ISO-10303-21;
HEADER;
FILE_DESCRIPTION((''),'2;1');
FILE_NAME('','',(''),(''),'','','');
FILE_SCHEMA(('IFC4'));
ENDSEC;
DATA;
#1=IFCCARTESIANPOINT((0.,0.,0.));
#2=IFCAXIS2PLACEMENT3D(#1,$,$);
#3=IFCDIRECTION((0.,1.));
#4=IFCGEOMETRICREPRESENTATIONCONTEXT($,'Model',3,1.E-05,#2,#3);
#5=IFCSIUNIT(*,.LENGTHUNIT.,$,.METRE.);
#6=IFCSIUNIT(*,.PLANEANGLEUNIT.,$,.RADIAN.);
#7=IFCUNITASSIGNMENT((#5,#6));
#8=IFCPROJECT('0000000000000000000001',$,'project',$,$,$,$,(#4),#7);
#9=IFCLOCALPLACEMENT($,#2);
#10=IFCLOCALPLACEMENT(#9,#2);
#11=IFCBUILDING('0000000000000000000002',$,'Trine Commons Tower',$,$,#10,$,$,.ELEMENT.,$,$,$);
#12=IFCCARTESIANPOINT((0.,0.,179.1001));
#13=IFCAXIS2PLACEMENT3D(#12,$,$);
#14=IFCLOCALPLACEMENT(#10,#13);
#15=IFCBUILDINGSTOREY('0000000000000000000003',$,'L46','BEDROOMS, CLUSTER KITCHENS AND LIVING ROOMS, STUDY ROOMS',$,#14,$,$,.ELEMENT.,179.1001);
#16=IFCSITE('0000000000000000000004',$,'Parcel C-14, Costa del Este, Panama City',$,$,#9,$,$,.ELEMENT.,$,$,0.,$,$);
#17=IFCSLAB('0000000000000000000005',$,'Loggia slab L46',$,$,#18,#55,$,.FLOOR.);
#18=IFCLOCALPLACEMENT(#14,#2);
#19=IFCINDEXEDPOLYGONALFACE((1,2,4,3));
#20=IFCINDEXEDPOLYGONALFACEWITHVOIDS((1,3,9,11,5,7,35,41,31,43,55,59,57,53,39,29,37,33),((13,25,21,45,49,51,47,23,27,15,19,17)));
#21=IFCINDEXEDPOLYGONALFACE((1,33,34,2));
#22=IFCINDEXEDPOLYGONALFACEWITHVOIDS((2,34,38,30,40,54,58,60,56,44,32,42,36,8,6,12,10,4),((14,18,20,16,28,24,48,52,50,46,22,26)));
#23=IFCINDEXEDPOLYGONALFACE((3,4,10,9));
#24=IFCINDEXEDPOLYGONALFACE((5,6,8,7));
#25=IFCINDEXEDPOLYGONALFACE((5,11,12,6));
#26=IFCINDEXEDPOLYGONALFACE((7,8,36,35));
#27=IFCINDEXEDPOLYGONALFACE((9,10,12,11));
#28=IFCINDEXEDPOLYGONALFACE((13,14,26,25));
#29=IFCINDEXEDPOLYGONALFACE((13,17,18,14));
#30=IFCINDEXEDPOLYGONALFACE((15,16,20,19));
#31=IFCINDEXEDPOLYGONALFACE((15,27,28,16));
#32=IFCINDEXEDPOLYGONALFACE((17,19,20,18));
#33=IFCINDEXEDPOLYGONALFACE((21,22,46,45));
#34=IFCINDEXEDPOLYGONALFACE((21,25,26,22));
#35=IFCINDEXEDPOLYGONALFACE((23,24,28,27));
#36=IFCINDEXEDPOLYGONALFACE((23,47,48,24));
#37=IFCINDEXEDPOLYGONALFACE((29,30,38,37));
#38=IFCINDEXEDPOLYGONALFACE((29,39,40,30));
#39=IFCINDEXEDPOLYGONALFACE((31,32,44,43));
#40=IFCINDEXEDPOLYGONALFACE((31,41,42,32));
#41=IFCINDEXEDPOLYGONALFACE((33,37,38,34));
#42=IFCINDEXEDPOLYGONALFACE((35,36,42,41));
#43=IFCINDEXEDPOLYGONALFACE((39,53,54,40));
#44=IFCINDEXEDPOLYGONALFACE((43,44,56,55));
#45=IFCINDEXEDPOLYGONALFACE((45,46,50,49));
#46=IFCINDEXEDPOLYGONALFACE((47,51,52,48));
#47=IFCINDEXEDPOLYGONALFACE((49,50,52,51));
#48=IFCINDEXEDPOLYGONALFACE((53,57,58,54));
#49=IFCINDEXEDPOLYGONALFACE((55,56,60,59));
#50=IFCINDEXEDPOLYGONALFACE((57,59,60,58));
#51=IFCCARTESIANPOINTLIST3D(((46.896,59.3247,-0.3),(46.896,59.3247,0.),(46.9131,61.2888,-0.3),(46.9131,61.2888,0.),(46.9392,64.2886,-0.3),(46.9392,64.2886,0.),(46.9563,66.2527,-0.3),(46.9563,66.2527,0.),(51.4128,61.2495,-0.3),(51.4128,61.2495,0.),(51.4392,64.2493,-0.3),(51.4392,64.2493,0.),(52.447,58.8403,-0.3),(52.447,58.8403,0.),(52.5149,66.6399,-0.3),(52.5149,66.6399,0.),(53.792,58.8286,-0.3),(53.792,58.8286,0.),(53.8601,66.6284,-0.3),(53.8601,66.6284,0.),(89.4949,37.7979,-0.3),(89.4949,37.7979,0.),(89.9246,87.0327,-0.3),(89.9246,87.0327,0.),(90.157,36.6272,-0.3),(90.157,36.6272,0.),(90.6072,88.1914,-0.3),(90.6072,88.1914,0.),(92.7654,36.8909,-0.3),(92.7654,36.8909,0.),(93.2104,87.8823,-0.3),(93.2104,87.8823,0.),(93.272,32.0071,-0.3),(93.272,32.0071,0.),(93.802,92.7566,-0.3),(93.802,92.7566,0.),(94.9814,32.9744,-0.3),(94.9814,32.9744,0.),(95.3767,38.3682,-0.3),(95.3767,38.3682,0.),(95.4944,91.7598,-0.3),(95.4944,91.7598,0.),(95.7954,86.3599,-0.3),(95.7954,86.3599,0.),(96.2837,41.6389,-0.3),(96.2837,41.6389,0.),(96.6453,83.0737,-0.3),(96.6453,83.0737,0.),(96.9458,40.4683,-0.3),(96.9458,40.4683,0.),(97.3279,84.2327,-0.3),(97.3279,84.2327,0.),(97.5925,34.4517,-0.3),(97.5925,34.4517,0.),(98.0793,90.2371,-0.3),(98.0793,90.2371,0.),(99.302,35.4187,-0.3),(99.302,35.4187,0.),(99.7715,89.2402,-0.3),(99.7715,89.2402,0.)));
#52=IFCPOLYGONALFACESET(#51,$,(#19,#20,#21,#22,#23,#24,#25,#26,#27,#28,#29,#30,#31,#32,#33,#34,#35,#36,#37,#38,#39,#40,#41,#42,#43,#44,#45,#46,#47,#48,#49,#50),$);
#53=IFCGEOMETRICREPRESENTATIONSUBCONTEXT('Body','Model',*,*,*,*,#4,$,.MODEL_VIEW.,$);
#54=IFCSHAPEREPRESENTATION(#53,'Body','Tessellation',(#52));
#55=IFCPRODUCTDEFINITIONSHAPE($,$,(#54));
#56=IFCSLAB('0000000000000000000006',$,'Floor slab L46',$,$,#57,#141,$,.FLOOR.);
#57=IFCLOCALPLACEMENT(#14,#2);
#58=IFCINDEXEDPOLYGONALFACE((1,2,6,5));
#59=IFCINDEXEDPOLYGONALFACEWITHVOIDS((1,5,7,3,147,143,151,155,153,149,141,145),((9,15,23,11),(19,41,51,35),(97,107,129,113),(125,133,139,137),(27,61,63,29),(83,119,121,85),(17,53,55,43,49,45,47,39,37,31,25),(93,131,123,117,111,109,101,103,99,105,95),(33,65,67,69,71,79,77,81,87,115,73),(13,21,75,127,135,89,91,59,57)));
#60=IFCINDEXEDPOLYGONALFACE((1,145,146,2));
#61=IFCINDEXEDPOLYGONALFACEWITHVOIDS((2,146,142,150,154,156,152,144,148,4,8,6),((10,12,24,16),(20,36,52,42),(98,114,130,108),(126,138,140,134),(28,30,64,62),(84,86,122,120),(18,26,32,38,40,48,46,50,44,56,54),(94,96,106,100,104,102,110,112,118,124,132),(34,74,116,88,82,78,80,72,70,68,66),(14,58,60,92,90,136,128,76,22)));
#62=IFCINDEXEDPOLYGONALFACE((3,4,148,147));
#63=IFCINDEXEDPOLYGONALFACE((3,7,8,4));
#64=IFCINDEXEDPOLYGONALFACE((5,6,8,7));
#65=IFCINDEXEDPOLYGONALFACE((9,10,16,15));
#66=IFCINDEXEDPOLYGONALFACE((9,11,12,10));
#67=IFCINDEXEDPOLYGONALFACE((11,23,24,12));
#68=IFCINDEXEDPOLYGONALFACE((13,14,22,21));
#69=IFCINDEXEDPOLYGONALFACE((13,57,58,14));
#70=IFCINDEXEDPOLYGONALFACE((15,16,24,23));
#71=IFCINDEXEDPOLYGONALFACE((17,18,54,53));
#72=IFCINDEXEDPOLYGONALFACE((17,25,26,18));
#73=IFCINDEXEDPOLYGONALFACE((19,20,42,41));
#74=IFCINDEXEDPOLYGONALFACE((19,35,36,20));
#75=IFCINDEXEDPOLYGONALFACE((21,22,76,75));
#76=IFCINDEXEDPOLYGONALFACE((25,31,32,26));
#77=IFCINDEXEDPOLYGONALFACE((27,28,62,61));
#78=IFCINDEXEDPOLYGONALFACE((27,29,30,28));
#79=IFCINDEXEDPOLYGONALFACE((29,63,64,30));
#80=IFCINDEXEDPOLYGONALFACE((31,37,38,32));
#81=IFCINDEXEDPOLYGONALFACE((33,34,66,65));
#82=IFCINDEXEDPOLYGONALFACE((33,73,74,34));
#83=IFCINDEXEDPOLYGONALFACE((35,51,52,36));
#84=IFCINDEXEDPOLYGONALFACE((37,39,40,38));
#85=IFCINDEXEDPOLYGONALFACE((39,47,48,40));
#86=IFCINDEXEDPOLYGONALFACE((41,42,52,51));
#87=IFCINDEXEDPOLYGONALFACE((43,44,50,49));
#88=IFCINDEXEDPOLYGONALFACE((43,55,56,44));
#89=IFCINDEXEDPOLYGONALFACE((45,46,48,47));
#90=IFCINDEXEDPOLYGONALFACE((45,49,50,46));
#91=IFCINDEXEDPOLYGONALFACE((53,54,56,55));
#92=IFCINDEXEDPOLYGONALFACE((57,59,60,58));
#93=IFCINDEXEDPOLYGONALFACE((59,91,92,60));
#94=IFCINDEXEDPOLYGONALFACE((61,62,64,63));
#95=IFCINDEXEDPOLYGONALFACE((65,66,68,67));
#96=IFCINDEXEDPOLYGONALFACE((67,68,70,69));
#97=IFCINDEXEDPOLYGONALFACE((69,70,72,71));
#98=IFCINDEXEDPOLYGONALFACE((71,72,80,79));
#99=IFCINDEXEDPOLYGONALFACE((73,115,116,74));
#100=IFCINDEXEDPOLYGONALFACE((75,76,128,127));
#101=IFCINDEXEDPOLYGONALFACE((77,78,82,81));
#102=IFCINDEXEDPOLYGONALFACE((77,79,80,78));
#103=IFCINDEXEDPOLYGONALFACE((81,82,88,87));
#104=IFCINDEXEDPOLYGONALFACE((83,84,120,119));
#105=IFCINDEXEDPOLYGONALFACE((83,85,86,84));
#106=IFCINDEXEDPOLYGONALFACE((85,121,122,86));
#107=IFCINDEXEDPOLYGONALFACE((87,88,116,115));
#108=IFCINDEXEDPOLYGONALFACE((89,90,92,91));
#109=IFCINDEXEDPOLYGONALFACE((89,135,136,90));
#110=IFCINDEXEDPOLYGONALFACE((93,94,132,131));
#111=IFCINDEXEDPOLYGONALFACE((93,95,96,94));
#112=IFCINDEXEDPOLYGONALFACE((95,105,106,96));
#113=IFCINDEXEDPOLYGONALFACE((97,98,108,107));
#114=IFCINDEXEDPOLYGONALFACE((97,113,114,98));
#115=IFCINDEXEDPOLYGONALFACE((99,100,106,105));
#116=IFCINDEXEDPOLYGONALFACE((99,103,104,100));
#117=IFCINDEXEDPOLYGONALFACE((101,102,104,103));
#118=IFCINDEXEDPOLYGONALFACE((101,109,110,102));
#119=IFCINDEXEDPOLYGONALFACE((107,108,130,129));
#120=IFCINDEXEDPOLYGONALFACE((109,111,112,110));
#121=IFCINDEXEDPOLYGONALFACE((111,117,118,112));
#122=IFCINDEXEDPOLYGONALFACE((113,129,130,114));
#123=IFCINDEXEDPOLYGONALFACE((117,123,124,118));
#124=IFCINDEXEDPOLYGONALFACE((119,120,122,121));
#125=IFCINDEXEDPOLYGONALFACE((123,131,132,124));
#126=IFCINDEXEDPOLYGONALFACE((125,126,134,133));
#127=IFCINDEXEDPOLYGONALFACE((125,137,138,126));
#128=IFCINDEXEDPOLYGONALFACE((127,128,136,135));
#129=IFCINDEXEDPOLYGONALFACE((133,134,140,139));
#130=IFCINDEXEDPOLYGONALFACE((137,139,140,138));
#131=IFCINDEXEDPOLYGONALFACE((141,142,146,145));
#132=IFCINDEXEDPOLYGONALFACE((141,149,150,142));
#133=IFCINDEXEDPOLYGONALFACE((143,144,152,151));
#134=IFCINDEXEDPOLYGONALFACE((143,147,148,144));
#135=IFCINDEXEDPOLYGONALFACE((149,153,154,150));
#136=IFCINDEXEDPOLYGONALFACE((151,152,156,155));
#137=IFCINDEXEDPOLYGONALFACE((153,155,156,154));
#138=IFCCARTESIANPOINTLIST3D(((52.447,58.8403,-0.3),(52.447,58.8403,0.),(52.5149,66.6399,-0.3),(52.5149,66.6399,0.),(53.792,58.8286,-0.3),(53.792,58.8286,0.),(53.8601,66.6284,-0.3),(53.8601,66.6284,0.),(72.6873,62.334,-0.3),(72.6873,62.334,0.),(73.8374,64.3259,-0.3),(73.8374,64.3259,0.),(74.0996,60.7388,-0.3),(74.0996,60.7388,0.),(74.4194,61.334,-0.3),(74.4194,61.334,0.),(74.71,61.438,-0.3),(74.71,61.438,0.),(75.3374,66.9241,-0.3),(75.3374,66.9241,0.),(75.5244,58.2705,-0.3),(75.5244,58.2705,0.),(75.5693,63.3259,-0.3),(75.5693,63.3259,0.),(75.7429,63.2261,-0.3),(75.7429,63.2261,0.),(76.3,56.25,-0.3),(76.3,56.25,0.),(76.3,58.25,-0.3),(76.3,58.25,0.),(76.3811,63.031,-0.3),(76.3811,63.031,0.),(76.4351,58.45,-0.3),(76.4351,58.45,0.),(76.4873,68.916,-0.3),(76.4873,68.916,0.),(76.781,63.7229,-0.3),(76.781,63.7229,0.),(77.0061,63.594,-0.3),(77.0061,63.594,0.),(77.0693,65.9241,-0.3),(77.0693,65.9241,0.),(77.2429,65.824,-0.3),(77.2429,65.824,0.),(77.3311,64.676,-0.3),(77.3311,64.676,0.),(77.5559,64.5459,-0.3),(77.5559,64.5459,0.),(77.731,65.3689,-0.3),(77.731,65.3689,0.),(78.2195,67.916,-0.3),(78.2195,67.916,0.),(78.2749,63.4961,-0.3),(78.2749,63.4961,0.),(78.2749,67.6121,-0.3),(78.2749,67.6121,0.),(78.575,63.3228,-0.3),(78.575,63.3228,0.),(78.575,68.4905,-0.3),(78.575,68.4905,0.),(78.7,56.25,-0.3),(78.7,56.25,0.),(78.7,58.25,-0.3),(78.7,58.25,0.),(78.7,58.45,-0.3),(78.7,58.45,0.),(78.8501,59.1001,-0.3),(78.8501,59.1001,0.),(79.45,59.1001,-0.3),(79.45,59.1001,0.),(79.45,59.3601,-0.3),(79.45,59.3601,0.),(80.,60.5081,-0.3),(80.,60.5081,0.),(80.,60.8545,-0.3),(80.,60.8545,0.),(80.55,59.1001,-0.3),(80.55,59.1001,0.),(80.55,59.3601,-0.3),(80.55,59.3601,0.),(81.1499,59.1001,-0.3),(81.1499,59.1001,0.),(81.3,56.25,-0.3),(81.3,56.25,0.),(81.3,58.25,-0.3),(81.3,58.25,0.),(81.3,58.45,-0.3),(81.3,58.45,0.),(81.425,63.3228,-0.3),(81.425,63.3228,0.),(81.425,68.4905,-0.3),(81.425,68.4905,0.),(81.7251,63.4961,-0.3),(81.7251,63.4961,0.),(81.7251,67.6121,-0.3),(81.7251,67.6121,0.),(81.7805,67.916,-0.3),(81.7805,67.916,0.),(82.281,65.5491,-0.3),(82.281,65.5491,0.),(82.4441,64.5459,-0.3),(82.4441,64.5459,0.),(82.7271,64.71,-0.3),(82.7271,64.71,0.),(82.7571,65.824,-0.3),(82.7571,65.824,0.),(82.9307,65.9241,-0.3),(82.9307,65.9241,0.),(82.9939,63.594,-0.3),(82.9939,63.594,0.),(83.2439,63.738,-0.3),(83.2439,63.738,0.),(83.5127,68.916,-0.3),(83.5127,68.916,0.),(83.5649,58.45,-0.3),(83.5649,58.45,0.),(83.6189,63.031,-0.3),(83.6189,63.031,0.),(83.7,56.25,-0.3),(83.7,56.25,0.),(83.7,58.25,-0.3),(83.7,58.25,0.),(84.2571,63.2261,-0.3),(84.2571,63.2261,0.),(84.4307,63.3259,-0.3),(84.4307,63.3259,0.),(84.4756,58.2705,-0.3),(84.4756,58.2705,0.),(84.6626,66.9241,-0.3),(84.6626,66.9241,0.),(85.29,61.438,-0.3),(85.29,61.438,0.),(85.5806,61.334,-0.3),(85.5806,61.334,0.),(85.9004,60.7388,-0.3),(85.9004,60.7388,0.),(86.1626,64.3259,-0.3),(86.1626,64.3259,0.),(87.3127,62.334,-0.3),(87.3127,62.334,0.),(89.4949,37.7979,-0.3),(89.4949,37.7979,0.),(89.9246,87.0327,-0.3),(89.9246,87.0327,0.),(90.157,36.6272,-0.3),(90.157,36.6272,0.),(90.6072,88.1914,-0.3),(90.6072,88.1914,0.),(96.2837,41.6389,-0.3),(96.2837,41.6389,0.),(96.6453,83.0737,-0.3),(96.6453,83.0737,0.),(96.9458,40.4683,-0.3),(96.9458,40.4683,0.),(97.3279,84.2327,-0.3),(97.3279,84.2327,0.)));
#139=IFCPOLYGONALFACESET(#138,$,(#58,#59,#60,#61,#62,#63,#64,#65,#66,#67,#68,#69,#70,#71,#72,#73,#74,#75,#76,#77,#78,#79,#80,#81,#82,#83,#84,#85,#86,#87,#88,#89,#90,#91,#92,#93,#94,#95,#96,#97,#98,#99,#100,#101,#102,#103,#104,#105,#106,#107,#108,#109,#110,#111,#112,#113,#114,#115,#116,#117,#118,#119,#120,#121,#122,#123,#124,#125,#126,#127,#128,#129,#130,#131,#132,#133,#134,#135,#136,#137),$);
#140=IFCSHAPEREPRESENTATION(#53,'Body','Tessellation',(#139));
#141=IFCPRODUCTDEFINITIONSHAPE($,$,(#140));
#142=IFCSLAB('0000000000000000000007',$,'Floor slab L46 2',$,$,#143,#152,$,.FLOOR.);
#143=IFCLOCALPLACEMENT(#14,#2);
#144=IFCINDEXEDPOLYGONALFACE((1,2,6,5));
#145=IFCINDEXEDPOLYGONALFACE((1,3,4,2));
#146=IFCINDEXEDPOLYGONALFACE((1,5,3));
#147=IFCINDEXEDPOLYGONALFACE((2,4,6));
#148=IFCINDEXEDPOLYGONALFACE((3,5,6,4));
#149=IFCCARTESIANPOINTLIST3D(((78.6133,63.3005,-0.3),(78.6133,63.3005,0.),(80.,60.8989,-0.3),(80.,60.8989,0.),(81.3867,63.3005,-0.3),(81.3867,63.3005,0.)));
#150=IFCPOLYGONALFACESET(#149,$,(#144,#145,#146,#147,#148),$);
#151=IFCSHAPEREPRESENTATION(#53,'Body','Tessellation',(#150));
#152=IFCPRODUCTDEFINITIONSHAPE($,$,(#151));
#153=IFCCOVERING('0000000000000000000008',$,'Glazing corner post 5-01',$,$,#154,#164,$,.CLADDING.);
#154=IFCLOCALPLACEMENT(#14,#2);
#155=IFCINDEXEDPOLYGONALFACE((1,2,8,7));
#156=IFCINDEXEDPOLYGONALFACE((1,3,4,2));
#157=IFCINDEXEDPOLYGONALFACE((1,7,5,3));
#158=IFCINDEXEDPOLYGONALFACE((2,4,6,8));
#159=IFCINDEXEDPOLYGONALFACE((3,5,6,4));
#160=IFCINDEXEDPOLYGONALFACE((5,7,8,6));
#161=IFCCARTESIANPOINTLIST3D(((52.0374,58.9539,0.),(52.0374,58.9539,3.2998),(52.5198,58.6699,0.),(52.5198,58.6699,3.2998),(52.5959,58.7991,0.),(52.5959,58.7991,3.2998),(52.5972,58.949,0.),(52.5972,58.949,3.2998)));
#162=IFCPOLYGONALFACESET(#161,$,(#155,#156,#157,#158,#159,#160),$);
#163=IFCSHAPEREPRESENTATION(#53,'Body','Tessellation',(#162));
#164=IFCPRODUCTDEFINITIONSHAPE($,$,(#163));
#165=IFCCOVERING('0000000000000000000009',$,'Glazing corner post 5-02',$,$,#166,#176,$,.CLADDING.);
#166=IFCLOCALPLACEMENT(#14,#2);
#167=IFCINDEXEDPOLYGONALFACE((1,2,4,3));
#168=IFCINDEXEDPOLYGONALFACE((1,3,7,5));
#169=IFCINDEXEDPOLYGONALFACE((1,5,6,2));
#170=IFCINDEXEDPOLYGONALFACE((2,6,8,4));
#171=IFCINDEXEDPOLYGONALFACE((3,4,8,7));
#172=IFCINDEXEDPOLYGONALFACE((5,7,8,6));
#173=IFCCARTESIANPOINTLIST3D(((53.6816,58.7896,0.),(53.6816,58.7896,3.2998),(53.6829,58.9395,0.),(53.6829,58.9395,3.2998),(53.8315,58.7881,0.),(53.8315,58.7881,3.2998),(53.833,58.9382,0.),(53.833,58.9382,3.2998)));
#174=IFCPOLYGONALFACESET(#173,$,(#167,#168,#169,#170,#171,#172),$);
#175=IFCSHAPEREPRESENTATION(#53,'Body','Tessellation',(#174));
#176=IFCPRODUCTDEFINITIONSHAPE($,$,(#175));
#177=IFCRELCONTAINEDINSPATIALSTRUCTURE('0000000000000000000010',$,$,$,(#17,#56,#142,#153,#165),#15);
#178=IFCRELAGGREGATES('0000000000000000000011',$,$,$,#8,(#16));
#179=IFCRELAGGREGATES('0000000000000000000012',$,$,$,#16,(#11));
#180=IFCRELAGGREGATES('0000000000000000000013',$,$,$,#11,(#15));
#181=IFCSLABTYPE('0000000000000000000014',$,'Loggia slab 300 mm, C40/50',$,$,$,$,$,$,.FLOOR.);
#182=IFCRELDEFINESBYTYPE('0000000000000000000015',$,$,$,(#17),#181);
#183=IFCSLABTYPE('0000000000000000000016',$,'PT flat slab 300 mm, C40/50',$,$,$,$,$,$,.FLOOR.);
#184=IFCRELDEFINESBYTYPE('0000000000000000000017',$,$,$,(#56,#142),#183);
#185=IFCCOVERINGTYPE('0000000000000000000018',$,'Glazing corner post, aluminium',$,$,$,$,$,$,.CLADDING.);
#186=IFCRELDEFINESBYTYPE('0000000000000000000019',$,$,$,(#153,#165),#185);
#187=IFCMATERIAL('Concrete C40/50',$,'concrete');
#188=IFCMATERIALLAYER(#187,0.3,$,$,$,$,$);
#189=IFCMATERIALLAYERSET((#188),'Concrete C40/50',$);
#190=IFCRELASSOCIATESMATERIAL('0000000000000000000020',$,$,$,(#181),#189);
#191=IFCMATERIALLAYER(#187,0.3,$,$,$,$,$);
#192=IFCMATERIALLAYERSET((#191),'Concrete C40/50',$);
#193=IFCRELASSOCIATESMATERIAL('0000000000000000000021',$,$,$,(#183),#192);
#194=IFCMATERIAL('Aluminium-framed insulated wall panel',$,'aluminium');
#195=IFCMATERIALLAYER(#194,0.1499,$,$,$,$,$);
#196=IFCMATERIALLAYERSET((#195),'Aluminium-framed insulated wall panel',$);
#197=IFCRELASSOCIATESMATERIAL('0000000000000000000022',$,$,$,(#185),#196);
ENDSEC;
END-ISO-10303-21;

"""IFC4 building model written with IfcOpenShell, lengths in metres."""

from ifc_helpers import new_model, si_unit, direction, frame, origin, place, context, subcontext, project, spatial, polyline, outline, extrude, material, layer, layer_set, type_object, element, save


model = new_model("IFC4")

# Units and contexts
model_context = context("Model", 3, precision=1e-05, world=origin(), true_north=direction((0.0, 1.0)))
body_context = subcontext(model_context, "Body", "Model", "MODEL_VIEW")
ifc_project = project(units=[si_unit("LENGTHUNIT", "METRE"), si_unit("PLANEANGLEUNIT", "RADIAN")], contexts=[model_context])

# Site, building, storey
site_placement = place(None, origin())
site = spatial("IfcSite", under=ifc_project, at=site_placement, Name="Parcel C-14, Costa del Este, Panama City", CompositionType="ELEMENT", RefElevation=0.0)
building_placement = place(site_placement, origin())
building = spatial("IfcBuilding", under=site, at=building_placement, Name="Trine Commons Tower", CompositionType="ELEMENT")
storey_placement = place(building_placement, frame((0.0, 0.0, 179.1001)))
storey = spatial("IfcBuildingStorey", under=building, at=storey_placement, Name="L46", Description="BEDROOMS, CLUSTER KITCHENS AND LIVING ROOMS, STUDY ROOMS", CompositionType="ELEMENT", Elevation=179.1001)

# Slabs
ifc_material_1 = material(Name="Concrete C40/50", Category="concrete")
ifc_layer_1 = layer(ifc_material_1, 0.3)
ifc_layer_set_1 = layer_set([ifc_layer_1], Name="Concrete C40/50")
slab_type_1 = type_object("IfcSlabType", Name="Loggia slab 300 mm, C40/50", PredefinedType="FLOOR", material=ifc_layer_set_1)
slab_1_placement = place(storey_placement, frame((0.0, 0.0, -0.3)))
element("IfcSlab", 1, at=slab_1_placement, inside=storey, type_object=slab_type_1, Name="Loggia slab L46", PredefinedType="FLOOR", context=body_context, shape_type="SweptSolid", body=[
    extrude(outline(polyline([(99.302, 35.4187), (99.7715, 89.2402), (98.0793, 90.2371), (95.7954, 86.3599), (93.2104, 87.8823), (95.4944, 91.7598), (93.802, 92.7566), (46.9563, 66.2527), (46.9392, 64.2886), (51.4392, 64.2493), (51.4128, 61.2495), (46.9131, 61.2888), (46.896, 59.3247), (93.272, 32.0071), (94.9814, 32.9744), (92.7654, 36.8909), (95.3767, 38.3682), (97.5925, 34.4517), (99.302, 35.4187)]), holes=[polyline([(90.157, 36.6272), (89.4949, 37.7979), (96.2837, 41.6389), (96.9458, 40.4683), (97.3279, 84.2327), (96.6453, 83.0737), (89.9246, 87.0327), (90.6072, 88.1914), (52.5149, 66.6399), (53.8601, 66.6284), (53.792, 58.8286), (52.447, 58.8403), (90.157, 36.6272)])]), origin(), (0.0, 0.0, 1.0), 0.3),
])
ifc_layer_2 = layer(ifc_material_1, 0.3)
ifc_layer_set_2 = layer_set([ifc_layer_2], Name="Concrete C40/50")
slab_type_2 = type_object("IfcSlabType", Name="PT flat slab 300 mm, C40/50", PredefinedType="FLOOR", material=ifc_layer_set_2)
slab_2_placement = place(storey_placement, frame((0.0, 0.0, -0.3)))
element("IfcSlab", 2, at=slab_2_placement, inside=storey, type_object=slab_type_2, Name="Floor slab L46", PredefinedType="FLOOR", context=body_context, shape_type="SweptSolid", body=[
    extrude(outline(polyline([(52.447, 58.8403), (90.157, 36.6272), (89.4949, 37.7979), (96.2837, 41.6389), (96.9458, 40.4683), (97.3279, 84.2327), (96.6453, 83.0737), (89.9246, 87.0327), (90.6072, 88.1914), (52.5149, 66.6399), (53.8601, 66.6284), (53.792, 58.8286), (52.447, 58.8403)]), holes=[polyline([(78.7, 56.25), (78.7, 58.25), (76.3, 58.25), (76.3, 56.25), (78.7, 56.25)]), polyline([(80.0, 60.8545), (84.4756, 58.2705), (85.9004, 60.7388), (81.425, 63.3228), (81.425, 68.4905), (78.575, 68.4905), (78.575, 63.3228), (74.0996, 60.7388), (75.5244, 58.2705), (80.0, 60.8545)]), polyline([(73.8374, 64.3259), (72.6873, 62.334), (74.4194, 61.334), (75.5693, 63.3259), (73.8374, 64.3259)]), polyline([(76.3811, 63.031), (75.7429, 63.2261), (74.71, 61.438), (78.2749, 63.4961), (78.2749, 67.6121), (77.2429, 65.824), (77.731, 65.3689), (77.3311, 64.676), (77.5559, 64.5459), (77.0061, 63.594), (76.781, 63.7229), (76.3811, 63.031)]), polyline([(76.4873, 68.916), (75.3374, 66.9241), (77.0693, 65.9241), (78.2195, 67.916), (76.4873, 68.916)]), polyline([(83.7, 56.25), (83.7, 58.25), (81.3, 58.25), (81.3, 56.25), (83.7, 56.25)]), polyline([(81.1499, 59.1001), (81.3, 58.45), (83.5649, 58.45), (80.0, 60.5081), (76.4351, 58.45), (78.7, 58.45), (78.8501, 59.1001), (79.45, 59.1001), (79.45, 59.3601), (80.55, 59.3601), (80.55, 59.1001), (81.1499, 59.1001)]), polyline([(86.1626, 64.3259), (84.4307, 63.3259), (85.5806, 61.334), (87.3127, 62.334), (86.1626, 64.3259)]), polyline([(83.2439, 63.738), (82.9939, 63.594), (82.4441, 64.5459), (82.7271, 64.71), (82.281, 65.5491), (82.7571, 65.824), (81.7251, 67.6121), (81.7251, 63.4961), (85.29, 61.438), (84.2571, 63.2261), (83.6189, 63.031), (83.2439, 63.738)]), polyline([(84.6626, 66.9241), (83.5127, 68.916), (81.7805, 67.916), (82.9307, 65.9241), (84.6626, 66.9241)])]), origin(), (0.0, 0.0, 1.0), 0.3),
])
slab_3_placement = place(storey_placement, frame((0.0, 0.0, -0.3)))
element("IfcSlab", 3, at=slab_3_placement, inside=storey, type_object=slab_type_2, Name="Floor slab L46 2", PredefinedType="FLOOR", context=body_context, shape_type="SweptSolid", body=[
    extrude(outline(polyline([(78.6133, 63.3005), (80.0, 60.8989), (81.3867, 63.3005), (78.6133, 63.3005)])), origin(), (0.0, 0.0, 1.0), 0.3),
])

# Coverings
ifc_material_2 = material(Name="Aluminium-framed insulated wall panel", Category="aluminium")
ifc_layer_3 = layer(ifc_material_2, 0.1499)
ifc_layer_set_3 = layer_set([ifc_layer_3], Name="Aluminium-framed insulated wall panel")
covering_type_1 = type_object("IfcCoveringType", Name="Glazing corner post, aluminium", PredefinedType="CLADDING", material=ifc_layer_set_3)
covering_1_placement = place(storey_placement, origin())
element("IfcCovering", 4, at=covering_1_placement, inside=storey, type_object=covering_type_1, Name="Glazing corner post 5-01", PredefinedType="CLADDING", context=body_context, shape_type="SweptSolid", body=[
    extrude(outline(polyline([(52.5198, 58.6699), (52.5959, 58.7991), (52.5972, 58.949), (52.0374, 58.9539), (52.5198, 58.6699)])), origin(), (0.0, 0.0, 1.0), 3.2998),
])
covering_2_placement = place(storey_placement, origin())
element("IfcCovering", 5, at=covering_2_placement, inside=storey, type_object=covering_type_1, Name="Glazing corner post 5-02", PredefinedType="CLADDING", context=body_context, shape_type="SweptSolid", body=[
    extrude(outline(polyline([(53.6816, 58.7896), (53.8315, 58.7881), (53.833, 58.9382), (53.6829, 58.9395), (53.6816, 58.7896)])), origin(), (0.0, 0.0, 1.0), 3.2998),
])

save(model, "model.ifc")
